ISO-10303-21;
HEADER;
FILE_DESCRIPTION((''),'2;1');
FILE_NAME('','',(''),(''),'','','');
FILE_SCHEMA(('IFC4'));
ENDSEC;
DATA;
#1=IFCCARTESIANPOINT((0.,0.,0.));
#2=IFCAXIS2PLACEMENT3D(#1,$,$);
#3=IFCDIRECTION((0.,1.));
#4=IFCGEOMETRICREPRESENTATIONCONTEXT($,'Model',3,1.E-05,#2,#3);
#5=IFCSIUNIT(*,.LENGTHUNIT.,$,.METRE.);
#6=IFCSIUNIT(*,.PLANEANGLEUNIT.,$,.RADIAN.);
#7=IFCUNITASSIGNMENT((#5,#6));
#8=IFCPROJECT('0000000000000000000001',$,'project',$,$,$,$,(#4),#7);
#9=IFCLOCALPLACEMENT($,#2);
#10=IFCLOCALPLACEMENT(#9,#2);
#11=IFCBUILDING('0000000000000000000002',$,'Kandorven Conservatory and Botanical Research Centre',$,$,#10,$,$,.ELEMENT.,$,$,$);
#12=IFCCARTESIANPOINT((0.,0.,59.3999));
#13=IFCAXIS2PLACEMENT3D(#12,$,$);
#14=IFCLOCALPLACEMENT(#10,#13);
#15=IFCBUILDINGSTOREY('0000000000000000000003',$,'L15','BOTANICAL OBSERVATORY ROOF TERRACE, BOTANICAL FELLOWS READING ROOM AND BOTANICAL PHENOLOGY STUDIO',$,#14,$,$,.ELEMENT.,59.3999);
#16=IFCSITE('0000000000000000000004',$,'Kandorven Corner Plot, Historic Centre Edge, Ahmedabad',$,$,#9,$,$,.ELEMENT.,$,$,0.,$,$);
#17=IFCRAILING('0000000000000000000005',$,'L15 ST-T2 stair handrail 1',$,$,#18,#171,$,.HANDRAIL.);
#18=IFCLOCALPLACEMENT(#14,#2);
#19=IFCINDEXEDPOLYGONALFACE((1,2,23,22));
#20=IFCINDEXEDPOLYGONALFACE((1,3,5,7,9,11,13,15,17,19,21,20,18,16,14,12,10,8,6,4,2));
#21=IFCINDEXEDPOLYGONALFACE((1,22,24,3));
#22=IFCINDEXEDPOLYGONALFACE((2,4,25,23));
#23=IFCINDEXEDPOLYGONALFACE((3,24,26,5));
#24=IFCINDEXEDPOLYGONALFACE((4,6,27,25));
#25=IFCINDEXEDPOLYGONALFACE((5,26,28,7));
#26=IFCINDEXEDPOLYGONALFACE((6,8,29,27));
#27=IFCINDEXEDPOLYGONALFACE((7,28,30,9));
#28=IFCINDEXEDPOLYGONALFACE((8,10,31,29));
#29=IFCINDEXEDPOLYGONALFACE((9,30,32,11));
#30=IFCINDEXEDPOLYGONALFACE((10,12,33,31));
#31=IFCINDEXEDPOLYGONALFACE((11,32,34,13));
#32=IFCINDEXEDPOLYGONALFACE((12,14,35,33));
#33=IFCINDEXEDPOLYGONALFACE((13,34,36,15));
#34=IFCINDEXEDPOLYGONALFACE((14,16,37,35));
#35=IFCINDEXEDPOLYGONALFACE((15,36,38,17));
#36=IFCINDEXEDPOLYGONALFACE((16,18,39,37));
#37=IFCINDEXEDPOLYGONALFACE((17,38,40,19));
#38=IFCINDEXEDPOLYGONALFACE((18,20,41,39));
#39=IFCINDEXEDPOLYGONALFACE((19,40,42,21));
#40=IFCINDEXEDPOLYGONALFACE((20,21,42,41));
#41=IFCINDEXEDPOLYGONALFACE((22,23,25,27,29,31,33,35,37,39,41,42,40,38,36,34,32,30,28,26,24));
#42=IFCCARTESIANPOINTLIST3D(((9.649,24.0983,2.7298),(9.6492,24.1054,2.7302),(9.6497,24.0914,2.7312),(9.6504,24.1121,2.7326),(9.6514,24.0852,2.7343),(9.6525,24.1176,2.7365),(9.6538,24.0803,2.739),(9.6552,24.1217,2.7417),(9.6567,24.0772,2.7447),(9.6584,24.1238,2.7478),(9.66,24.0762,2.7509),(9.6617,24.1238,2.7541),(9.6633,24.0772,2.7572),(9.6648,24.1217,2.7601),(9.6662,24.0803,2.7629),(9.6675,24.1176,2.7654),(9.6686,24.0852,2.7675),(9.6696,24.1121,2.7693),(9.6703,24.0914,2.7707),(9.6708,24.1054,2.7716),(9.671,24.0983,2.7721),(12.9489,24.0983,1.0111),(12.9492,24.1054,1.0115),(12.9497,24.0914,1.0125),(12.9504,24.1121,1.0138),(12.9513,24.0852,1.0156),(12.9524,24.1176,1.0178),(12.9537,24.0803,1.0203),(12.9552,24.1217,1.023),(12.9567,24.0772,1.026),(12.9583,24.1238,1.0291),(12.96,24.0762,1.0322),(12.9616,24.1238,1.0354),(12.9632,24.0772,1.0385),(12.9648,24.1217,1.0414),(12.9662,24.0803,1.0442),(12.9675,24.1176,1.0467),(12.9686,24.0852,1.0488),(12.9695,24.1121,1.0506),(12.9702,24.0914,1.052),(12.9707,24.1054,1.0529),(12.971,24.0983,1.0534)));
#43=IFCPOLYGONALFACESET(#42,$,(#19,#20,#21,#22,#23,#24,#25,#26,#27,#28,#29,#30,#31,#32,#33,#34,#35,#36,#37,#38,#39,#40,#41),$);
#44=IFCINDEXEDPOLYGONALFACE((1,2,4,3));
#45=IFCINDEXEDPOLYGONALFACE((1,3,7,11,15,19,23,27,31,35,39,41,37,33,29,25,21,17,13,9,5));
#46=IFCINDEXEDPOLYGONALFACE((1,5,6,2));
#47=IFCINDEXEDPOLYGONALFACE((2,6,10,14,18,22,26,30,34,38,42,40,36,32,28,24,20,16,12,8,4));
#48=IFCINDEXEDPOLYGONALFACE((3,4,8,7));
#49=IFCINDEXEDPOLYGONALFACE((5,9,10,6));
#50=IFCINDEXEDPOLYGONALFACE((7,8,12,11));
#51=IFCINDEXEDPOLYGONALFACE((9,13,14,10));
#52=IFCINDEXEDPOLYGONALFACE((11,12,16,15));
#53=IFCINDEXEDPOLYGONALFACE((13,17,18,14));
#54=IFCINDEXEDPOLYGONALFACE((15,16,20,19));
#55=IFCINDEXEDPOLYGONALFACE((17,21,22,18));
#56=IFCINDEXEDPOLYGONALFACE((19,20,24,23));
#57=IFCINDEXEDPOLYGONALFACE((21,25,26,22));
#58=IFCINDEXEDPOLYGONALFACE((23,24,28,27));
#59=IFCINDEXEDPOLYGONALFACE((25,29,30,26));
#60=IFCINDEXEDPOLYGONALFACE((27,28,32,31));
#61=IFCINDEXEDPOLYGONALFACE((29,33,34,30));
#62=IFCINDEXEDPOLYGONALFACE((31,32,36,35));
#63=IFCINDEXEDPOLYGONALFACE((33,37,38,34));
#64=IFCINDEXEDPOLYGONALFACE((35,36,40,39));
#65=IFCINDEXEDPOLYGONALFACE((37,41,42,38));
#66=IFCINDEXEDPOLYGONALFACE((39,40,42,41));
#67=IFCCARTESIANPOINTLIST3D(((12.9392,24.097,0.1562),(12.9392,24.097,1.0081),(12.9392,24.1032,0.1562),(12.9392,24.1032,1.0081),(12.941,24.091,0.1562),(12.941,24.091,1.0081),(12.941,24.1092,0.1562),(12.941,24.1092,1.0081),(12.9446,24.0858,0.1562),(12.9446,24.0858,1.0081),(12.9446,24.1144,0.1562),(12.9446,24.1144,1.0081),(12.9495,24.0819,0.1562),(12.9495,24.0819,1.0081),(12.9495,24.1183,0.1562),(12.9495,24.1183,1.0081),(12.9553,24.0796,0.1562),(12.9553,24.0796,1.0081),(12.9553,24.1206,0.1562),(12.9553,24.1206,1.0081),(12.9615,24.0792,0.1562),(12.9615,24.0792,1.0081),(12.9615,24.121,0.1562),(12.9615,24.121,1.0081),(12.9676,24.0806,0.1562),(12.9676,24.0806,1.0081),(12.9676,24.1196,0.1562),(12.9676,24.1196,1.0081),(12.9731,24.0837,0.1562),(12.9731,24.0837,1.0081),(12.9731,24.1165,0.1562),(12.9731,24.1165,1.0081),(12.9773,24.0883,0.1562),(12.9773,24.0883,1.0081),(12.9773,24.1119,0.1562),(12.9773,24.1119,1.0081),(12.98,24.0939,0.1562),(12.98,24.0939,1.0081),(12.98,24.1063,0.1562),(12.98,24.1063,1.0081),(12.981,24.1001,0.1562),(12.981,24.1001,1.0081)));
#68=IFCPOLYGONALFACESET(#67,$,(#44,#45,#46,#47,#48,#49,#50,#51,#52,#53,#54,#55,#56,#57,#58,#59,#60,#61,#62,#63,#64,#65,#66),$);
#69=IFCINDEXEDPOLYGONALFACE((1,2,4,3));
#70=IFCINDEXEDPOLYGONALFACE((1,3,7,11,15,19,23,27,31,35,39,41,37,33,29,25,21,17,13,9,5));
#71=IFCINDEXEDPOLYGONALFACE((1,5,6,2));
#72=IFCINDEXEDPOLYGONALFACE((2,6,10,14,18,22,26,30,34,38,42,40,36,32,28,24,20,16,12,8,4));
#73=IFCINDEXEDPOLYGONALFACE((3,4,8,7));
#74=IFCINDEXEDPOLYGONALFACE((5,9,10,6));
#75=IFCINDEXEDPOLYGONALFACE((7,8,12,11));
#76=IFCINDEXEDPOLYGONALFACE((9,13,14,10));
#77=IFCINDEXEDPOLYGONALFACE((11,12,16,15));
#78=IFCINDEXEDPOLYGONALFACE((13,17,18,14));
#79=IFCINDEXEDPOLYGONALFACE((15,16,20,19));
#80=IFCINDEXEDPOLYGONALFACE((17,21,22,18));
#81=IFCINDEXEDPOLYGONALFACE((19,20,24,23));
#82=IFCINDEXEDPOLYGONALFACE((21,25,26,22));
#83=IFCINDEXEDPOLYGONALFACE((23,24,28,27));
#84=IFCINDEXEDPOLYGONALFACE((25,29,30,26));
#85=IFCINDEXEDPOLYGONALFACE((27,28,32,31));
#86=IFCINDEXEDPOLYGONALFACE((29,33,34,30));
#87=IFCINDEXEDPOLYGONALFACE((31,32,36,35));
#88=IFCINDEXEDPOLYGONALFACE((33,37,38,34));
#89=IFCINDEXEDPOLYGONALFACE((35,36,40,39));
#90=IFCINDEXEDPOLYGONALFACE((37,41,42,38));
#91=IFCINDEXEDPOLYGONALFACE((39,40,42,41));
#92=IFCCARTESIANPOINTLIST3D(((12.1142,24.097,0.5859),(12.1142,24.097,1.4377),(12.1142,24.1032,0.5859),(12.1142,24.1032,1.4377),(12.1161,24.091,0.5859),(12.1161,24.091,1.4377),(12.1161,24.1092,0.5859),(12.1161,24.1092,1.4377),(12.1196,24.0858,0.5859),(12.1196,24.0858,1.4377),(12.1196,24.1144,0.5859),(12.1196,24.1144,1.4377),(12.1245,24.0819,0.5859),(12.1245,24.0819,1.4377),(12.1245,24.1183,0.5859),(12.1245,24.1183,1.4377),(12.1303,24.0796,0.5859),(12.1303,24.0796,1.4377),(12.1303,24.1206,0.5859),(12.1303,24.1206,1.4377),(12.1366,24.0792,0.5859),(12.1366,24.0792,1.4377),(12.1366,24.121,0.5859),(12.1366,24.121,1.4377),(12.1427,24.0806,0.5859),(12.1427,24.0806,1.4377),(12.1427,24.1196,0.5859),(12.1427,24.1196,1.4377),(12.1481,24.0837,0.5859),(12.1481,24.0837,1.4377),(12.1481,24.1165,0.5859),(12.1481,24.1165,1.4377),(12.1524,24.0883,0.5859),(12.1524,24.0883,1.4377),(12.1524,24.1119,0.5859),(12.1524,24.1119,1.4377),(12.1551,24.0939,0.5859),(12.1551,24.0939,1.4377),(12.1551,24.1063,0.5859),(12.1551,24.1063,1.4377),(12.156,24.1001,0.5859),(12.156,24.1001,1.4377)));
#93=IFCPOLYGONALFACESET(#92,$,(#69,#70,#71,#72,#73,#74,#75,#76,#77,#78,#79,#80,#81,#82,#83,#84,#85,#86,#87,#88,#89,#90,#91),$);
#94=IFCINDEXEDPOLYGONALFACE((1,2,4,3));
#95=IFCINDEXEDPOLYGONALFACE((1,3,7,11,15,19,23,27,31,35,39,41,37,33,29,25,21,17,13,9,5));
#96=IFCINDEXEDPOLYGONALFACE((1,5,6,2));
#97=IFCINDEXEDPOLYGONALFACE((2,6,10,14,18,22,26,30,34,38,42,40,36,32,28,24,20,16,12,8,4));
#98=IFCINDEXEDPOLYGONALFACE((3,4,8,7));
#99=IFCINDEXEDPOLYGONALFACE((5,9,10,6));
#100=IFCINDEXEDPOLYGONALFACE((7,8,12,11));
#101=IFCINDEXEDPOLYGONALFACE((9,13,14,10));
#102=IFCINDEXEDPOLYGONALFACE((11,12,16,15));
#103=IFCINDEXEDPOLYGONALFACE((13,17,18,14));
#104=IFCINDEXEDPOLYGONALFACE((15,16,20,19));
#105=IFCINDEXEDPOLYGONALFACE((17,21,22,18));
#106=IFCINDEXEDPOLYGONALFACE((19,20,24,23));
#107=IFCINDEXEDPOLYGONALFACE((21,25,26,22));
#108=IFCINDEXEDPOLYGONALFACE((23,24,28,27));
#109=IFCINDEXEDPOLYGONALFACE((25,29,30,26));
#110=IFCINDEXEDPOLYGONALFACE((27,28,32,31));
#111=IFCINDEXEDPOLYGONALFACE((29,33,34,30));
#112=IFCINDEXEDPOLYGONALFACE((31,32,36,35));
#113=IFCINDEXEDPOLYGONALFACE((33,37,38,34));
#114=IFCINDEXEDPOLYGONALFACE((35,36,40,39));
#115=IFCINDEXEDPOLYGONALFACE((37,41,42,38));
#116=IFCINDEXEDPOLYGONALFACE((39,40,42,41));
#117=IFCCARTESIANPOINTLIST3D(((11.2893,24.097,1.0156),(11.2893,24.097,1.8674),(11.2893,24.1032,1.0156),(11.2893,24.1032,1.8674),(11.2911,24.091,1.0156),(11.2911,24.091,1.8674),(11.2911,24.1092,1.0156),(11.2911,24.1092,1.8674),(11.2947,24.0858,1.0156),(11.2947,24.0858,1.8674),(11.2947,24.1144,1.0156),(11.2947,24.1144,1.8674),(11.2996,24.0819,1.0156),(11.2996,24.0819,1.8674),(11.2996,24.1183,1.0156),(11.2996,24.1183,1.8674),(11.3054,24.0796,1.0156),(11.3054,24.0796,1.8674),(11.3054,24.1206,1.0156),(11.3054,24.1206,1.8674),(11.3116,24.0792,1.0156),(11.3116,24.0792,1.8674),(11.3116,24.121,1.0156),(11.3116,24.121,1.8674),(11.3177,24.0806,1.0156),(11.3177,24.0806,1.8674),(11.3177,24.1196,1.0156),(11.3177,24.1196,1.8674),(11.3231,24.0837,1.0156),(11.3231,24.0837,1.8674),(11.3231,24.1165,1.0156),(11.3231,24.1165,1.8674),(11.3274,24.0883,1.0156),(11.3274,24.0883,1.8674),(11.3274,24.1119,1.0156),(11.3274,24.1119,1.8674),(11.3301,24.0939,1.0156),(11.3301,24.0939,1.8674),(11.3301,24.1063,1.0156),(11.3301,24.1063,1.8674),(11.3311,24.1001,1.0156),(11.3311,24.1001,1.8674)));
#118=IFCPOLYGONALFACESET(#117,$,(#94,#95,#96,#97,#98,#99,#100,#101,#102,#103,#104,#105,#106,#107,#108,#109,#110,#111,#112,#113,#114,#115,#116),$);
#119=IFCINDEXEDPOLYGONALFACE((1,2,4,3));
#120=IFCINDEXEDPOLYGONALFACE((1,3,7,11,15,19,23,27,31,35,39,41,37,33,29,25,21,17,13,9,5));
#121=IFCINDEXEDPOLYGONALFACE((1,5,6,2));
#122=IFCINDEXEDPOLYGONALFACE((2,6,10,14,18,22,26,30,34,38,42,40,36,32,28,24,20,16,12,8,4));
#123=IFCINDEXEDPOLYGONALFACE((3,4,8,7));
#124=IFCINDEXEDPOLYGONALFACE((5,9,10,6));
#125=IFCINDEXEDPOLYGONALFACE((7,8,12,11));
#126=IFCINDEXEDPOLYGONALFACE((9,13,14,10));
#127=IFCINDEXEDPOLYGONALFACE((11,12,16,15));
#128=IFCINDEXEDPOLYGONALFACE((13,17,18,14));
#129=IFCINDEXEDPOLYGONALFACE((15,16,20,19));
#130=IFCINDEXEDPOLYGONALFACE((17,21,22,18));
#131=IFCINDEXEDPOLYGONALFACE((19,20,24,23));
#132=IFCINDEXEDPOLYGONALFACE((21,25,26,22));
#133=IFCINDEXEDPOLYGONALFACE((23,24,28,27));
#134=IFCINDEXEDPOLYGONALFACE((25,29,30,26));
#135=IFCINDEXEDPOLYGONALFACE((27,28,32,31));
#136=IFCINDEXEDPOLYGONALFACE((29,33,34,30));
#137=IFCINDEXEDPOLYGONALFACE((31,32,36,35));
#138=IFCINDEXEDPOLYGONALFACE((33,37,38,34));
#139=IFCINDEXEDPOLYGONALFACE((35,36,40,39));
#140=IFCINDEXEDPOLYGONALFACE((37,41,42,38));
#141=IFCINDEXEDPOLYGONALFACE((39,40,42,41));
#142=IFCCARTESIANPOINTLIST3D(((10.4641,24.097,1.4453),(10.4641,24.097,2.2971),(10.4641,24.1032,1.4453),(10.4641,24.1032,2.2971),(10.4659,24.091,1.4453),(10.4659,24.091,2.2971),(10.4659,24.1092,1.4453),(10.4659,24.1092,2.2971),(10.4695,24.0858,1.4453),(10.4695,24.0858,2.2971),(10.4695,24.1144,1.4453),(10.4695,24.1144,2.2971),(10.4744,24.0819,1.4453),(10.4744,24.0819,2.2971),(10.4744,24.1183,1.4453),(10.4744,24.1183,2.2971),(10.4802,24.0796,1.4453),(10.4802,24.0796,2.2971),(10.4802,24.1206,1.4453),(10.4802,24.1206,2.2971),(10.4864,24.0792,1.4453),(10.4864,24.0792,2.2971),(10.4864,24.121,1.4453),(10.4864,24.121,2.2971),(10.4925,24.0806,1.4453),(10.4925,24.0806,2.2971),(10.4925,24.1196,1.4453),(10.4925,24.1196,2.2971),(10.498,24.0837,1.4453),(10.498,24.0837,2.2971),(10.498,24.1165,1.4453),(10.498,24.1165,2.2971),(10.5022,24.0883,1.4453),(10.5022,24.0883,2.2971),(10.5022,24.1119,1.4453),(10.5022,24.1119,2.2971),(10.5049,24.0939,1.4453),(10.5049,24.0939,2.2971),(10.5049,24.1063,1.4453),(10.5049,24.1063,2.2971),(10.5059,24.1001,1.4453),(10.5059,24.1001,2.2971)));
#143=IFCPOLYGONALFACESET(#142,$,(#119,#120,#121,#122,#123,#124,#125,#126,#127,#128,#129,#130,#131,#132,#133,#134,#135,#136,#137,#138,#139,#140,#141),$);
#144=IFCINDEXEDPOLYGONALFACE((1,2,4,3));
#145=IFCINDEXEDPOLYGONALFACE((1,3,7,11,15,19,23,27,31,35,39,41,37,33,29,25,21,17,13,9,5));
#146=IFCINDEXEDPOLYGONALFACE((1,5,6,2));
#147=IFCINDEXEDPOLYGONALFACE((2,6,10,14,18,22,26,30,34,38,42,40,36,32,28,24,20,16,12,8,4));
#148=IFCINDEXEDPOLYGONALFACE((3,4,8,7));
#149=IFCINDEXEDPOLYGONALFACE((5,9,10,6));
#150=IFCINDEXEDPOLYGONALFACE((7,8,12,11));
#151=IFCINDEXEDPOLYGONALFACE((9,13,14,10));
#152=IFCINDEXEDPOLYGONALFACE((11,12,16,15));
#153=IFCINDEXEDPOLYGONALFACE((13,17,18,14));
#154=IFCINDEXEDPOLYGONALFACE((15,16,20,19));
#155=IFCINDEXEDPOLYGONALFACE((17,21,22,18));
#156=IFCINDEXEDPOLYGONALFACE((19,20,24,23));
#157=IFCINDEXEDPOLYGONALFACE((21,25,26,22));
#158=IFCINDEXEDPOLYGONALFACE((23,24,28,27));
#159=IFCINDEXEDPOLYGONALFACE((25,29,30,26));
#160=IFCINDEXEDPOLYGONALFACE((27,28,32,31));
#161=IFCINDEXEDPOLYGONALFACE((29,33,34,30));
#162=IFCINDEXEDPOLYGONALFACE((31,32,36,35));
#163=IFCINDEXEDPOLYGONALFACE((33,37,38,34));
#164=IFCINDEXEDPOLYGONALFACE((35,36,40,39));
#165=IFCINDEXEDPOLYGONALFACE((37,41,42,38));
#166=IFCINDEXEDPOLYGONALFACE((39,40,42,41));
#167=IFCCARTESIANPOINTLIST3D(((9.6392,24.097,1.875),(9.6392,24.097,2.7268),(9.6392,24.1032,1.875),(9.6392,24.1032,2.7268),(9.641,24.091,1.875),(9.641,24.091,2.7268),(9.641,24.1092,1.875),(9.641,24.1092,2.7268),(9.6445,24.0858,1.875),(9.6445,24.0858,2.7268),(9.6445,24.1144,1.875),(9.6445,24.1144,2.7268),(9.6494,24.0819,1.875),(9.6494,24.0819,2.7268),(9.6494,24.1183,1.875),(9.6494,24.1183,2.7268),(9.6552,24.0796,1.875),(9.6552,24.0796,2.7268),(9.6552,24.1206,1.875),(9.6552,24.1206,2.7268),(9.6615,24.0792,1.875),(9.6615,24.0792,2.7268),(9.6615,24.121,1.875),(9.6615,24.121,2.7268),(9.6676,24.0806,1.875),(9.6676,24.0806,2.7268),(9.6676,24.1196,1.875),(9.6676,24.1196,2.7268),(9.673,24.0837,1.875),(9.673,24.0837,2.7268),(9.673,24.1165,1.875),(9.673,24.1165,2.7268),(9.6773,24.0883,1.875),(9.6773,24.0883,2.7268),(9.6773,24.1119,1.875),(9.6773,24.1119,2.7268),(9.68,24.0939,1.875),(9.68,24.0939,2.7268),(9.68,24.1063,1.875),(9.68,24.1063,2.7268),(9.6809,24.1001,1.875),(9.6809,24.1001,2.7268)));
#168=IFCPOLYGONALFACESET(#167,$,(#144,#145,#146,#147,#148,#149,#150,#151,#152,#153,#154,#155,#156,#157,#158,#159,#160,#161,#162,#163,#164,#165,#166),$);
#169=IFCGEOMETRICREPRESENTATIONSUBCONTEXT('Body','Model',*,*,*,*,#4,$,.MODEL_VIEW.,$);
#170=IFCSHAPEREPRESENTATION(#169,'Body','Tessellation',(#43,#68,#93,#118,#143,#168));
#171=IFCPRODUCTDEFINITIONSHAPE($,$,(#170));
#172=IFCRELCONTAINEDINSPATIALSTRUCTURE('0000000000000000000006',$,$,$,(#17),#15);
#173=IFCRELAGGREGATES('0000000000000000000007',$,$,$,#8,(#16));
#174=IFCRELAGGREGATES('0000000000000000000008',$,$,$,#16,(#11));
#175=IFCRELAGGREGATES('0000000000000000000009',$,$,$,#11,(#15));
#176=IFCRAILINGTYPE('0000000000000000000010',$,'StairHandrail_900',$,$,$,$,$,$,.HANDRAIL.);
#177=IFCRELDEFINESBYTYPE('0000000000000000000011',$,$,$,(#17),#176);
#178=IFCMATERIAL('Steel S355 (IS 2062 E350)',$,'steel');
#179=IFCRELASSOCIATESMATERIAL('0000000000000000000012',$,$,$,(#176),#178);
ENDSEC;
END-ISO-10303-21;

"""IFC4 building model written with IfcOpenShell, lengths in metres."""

from ifc_helpers import new_model, si_unit, direction, frame, origin, origin_2d, place, context, subcontext, project, spatial, circle, extrude, material, type_object, element, save


model = new_model("IFC4")

# Units and contexts
model_context = context("Model", 3, precision=1e-05, world=origin(), true_north=direction((0.0, 1.0)))
body_context = subcontext(model_context, "Body", "Model", "MODEL_VIEW")
ifc_project = project(units=[si_unit("LENGTHUNIT", "METRE"), si_unit("PLANEANGLEUNIT", "RADIAN")], contexts=[model_context])

# Site, building, storey
site_placement = place(None, origin())
site = spatial("IfcSite", under=ifc_project, at=site_placement, Name="Kandorven Corner Plot, Historic Centre Edge, Ahmedabad", CompositionType="ELEMENT", RefElevation=0.0)
building_placement = place(site_placement, origin())
building = spatial("IfcBuilding", under=site, at=building_placement, Name="Kandorven Conservatory and Botanical Research Centre", CompositionType="ELEMENT")
storey_placement = place(building_placement, frame((0.0, 0.0, 59.3999)))
storey = spatial("IfcBuildingStorey", under=building, at=storey_placement, Name="L15", Description="BOTANICAL OBSERVATORY ROOF TERRACE, BOTANICAL FELLOWS READING ROOM AND BOTANICAL PHENOLOGY STUDIO", CompositionType="ELEMENT", Elevation=59.3999)

# Railing
ifc_material_1 = material(Name="Steel S355 (IS 2062 E350)", Category="steel")
railing_type_1 = type_object("IfcRailingType", Name="StairHandrail_900", PredefinedType="HANDRAIL", material=ifc_material_1)
railing_1_placement = place(storey_placement, frame((12.96, 24.1001, 0.1562)))
element("IfcRailing", 1, at=railing_1_placement, inside=storey, type_object=railing_type_1, Name="L15 ST-T2 stair handrail 1", PredefinedType="HANDRAIL", context=body_context, shape_type="SweptSolid", body=[
    extrude(circle(Radius=0.0239, at=origin_2d()), frame((0.0, 0.0, 0.876), z_axis=(-0.886917, 0.0, 0.461929), x_axis=(0.0, -1.0, 0.0)), (0.0, 0.0, 1.0), 3.7207),
    extrude(circle(Radius=0.021, at=origin_2d()), origin(), (0.0, 0.0, 1.0), 0.8518),
    extrude(circle(Radius=0.021, at=origin_2d()), frame((-0.825, 0.0, 0.4297)), (0.0, 0.0, 1.0), 0.8518),
    extrude(circle(Radius=0.021, at=origin_2d()), frame((-1.6499, 0.0, 0.8594)), (0.0, 0.0, 1.0), 0.8518),
    extrude(circle(Radius=0.021, at=origin_2d()), frame((-2.4751, 0.0, 1.2891)), (0.0, 0.0, 1.0), 0.8518),
    extrude(circle(Radius=0.021, at=origin_2d()), frame((-3.3, 0.0, 1.7188)), (0.0, 0.0, 1.0), 0.8518),
])

save(model, "model.ifc")
